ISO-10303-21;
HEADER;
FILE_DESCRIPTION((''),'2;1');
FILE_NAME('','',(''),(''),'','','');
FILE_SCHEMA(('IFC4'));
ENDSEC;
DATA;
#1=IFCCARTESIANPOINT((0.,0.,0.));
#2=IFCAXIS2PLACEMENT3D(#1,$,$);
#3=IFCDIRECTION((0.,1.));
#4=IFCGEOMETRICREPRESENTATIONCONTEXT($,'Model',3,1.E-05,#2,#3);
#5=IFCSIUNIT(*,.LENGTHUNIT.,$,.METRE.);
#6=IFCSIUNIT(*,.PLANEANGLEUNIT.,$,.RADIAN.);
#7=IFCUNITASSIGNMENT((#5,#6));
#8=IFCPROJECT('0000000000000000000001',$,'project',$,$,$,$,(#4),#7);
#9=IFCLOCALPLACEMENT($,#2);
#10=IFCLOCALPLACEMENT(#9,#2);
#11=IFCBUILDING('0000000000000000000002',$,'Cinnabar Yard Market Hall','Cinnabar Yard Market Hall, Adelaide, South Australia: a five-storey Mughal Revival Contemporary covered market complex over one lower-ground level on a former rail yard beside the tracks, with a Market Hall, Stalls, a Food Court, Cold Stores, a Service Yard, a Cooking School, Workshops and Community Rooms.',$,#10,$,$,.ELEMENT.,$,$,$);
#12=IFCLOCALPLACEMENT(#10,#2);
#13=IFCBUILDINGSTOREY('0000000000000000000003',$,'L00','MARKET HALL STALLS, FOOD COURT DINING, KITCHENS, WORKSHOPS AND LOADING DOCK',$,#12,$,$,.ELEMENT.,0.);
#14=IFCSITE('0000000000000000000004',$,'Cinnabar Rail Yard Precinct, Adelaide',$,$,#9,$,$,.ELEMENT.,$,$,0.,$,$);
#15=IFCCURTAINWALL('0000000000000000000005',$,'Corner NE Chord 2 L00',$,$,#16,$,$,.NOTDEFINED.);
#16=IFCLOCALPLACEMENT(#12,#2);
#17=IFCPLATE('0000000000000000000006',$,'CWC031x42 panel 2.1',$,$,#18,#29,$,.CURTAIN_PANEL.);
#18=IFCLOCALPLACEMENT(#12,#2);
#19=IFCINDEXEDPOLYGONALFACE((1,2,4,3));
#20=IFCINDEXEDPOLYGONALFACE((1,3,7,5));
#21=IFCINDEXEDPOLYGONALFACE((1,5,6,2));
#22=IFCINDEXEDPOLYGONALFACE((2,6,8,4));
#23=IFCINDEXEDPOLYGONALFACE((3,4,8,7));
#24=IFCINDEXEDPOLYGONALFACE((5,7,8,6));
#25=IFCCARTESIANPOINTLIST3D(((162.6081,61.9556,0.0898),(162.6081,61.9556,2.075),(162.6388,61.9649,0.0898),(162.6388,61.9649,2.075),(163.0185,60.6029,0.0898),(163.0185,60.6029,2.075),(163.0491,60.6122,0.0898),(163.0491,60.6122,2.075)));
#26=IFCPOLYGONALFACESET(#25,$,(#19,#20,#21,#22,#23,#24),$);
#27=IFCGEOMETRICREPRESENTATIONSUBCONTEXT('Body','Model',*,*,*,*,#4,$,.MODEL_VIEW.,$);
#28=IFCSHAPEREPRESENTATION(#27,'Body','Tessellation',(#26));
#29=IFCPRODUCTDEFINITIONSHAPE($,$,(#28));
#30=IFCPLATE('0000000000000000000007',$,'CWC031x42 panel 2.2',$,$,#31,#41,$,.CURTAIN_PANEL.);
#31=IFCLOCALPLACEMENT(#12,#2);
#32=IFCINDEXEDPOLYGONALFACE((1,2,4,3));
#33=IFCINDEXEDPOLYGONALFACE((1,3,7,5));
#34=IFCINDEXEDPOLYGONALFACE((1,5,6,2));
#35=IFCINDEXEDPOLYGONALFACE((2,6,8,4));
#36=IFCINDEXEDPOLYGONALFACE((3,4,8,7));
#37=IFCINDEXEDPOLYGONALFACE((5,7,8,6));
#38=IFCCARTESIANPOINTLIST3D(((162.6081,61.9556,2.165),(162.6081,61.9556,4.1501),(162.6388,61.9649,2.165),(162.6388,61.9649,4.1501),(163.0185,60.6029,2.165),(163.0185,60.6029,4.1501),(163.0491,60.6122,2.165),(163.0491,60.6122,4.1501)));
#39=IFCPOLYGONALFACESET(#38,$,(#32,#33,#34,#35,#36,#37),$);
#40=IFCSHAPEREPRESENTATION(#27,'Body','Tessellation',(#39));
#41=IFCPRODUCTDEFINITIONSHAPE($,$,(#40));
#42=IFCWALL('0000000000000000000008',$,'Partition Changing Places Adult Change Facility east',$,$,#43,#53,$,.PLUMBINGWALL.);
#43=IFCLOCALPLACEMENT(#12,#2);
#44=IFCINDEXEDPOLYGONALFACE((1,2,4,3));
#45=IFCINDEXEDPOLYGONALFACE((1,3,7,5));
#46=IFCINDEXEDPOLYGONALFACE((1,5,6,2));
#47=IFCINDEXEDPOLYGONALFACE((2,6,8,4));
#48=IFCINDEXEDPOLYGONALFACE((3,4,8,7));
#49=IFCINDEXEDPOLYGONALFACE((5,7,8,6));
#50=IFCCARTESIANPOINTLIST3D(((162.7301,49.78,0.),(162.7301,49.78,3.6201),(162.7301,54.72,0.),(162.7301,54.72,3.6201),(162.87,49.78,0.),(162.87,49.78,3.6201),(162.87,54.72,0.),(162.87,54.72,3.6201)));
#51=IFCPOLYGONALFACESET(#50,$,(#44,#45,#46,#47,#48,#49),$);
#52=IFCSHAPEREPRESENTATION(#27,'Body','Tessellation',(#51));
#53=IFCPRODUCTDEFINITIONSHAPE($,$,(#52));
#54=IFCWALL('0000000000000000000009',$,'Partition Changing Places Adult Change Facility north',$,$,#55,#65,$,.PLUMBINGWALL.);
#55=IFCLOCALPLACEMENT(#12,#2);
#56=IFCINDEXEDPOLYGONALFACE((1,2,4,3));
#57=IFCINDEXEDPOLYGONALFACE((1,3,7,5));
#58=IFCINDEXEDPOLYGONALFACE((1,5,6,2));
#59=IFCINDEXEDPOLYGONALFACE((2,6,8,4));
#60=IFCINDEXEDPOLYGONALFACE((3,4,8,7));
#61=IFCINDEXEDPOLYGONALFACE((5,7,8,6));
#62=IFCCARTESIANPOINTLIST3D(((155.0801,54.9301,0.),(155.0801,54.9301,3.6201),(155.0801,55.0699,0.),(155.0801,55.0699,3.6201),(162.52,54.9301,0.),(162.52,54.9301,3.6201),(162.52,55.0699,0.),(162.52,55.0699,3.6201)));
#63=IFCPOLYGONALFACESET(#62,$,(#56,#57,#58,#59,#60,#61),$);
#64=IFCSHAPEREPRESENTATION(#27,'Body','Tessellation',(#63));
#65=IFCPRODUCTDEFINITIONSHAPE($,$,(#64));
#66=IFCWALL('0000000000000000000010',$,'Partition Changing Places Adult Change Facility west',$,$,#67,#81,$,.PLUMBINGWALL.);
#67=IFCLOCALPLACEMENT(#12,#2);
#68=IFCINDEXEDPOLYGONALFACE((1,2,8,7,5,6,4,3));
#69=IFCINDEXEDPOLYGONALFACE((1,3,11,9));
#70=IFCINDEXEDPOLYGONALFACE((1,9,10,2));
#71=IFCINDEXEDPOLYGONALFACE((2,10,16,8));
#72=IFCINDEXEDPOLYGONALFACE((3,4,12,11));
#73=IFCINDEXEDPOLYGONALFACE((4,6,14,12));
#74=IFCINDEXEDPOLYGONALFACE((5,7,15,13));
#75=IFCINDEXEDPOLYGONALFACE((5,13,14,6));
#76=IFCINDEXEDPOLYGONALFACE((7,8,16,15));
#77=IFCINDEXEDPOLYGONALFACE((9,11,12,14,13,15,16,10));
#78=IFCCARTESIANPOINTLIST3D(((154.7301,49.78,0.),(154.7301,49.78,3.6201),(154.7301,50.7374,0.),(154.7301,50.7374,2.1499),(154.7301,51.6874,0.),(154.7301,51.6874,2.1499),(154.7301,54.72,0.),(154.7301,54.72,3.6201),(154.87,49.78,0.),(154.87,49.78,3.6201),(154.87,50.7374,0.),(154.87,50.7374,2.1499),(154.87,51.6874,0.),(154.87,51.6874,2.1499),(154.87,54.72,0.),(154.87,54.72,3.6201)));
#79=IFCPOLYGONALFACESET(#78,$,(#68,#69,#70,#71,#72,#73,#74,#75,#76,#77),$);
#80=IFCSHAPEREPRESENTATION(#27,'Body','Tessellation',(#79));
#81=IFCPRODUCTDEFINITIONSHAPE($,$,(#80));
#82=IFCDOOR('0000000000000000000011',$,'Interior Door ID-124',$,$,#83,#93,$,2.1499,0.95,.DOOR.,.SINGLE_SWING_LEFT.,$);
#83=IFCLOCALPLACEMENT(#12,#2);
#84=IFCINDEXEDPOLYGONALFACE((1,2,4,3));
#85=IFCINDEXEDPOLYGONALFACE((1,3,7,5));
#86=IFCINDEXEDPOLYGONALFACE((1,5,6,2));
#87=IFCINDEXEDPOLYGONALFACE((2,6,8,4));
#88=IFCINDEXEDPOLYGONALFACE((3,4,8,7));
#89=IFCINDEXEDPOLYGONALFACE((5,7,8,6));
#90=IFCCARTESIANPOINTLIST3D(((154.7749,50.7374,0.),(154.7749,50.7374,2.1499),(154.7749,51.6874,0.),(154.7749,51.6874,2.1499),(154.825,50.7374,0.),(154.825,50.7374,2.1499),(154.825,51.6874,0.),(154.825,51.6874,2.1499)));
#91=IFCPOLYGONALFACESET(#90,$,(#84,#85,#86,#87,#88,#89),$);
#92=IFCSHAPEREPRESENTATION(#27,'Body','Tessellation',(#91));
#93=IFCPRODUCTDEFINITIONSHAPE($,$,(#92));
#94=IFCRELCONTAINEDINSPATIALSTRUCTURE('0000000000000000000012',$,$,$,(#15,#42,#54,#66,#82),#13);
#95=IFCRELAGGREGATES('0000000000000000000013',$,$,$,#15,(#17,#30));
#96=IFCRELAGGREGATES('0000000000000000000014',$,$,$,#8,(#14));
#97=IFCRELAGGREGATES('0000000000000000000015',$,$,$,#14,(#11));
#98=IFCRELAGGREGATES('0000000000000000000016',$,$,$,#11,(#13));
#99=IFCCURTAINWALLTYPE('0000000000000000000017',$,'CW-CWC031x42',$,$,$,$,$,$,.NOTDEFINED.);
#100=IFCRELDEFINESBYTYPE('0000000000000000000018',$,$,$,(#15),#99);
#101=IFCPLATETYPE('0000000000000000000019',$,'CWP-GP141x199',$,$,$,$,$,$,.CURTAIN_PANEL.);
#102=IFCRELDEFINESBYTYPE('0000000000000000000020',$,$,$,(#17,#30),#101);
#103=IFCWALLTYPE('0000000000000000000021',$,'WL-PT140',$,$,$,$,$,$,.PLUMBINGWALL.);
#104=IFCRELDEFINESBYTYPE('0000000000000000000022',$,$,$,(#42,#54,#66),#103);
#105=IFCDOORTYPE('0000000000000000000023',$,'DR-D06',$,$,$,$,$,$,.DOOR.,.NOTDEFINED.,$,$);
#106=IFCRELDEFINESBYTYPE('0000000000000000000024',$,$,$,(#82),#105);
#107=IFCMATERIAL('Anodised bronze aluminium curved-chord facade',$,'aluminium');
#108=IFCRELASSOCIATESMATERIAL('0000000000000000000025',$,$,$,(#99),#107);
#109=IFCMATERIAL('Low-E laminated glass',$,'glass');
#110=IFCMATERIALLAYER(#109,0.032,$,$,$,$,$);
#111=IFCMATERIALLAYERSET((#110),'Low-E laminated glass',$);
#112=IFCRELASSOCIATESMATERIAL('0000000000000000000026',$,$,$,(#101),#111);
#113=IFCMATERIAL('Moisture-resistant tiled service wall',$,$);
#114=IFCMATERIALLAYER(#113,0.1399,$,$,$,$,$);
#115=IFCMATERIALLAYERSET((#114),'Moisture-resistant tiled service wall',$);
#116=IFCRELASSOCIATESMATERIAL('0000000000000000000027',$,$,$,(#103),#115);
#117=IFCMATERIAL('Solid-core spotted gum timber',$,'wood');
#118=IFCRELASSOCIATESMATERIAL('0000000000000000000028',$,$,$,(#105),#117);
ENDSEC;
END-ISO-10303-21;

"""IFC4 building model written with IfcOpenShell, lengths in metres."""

from ifc_helpers import new_model, si_unit, direction, frame, frame_2d, origin, origin_2d_with_axis, place, context, subcontext, project, spatial, rectangle, extrude, material, layer, layer_set, type_object, element, fill, aggregate, save


model = new_model("IFC4")

# Units and contexts
model_context = context("Model", 3, precision=1e-05, world=origin(), true_north=direction((0.0, 1.0)))
body_context = subcontext(model_context, "Body", "Model", "MODEL_VIEW")
ifc_project = project(units=[si_unit("LENGTHUNIT", "METRE"), si_unit("PLANEANGLEUNIT", "RADIAN")], contexts=[model_context])

# Site, building, storey
site_placement = place(None, origin())
site = spatial("IfcSite", under=ifc_project, at=site_placement, Name="Cinnabar Rail Yard Precinct, Adelaide", CompositionType="ELEMENT", RefElevation=0.0)
building_placement = place(site_placement, origin())
building = spatial("IfcBuilding", under=site, at=building_placement, Name="Cinnabar Yard Market Hall", Description="Cinnabar Yard Market Hall, Adelaide, South Australia: a five-storey Mughal Revival Contemporary covered market complex over one lower-ground level on a former rail yard beside the tracks, with a Market Hall, Stalls, a Food Court, Cold Stores, a Service Yard, a Cooking School, Workshops and Community Rooms.", CompositionType="ELEMENT")
storey_placement = place(building_placement, origin())
storey = spatial("IfcBuildingStorey", under=building, at=storey_placement, Name="L00", Description="MARKET HALL STALLS, FOOD COURT DINING, KITCHENS, WORKSHOPS AND LOADING DOCK", CompositionType="ELEMENT", Elevation=0.0)

# Curtain wall
ifc_material_1 = material(Name="Anodised bronze aluminium curved-chord facade", Category="aluminium")
curtain_wall_type = type_object("IfcCurtainWallType", Name="CW-CWC031x42", PredefinedType="NOTDEFINED", material=ifc_material_1)
curtain_wall_1_placement = place(storey_placement, origin())
curtain_wall_1 = element("IfcCurtainWall", 1, at=curtain_wall_1_placement, inside=storey, type_object=curtain_wall_type, Name="Corner NE Chord 2 L00", PredefinedType="NOTDEFINED")

# Plates
ifc_material_2 = material(Name="Low-E laminated glass", Category="glass")
ifc_layer_1 = layer(ifc_material_2, 0.032)
ifc_layer_set_1 = layer_set([ifc_layer_1], Name="Low-E laminated glass")
plate_type = type_object("IfcPlateType", Name="CWP-GP141x199", PredefinedType="CURTAIN_PANEL", material=ifc_layer_set_1)
plate_1_placement = place(storey_placement, frame((162.8286, 61.2839, 0.0898), z_axis=(0.0, 0.0, 1.0), x_axis=(-0.290279, 0.956942, 0.0)))
plate_1 = element("IfcPlate", 2, at=plate_1_placement, type_object=plate_type, Name="CWC031x42 panel 2.1", PredefinedType="CURTAIN_PANEL", context=body_context, shape_type="SweptSolid", body=[
    extrude(rectangle(XDim=1.4136, YDim=0.032, at=origin_2d_with_axis()), origin(), (0.0, 0.0, 1.0), 1.9851),
])
plate_2_placement = place(storey_placement, frame((162.8286, 61.2839, 2.165), z_axis=(0.0, 0.0, 1.0), x_axis=(-0.290279, 0.956942, 0.0)))
plate_2 = element("IfcPlate", 3, at=plate_2_placement, type_object=plate_type, Name="CWC031x42 panel 2.2", PredefinedType="CURTAIN_PANEL", context=body_context, shape_type="SweptSolid", body=[
    extrude(rectangle(XDim=1.4136, YDim=0.032, at=origin_2d_with_axis()), origin(), (0.0, 0.0, 1.0), 1.9851),
])
aggregate(curtain_wall_1, [plate_1, plate_2])

# Walls
ifc_material_3 = material(Name="Moisture-resistant tiled service wall")
ifc_layer_2 = layer(ifc_material_3, 0.1399)
ifc_layer_set_2 = layer_set([ifc_layer_2], Name="Moisture-resistant tiled service wall")
wall_type = type_object("IfcWallType", Name="WL-PT140", PredefinedType="PLUMBINGWALL", material=ifc_layer_set_2)
wall_1_placement = place(storey_placement, frame((162.8, 49.78, 0.0), z_axis=(0.0, 0.0, 1.0), x_axis=(0.0, 1.0, 0.0)))
element("IfcWall", 4, at=wall_1_placement, inside=storey, type_object=wall_type, Name="Partition Changing Places Adult Change Facility east", PredefinedType="PLUMBINGWALL", context=body_context, shape_type="SweptSolid", body=[
    extrude(rectangle(XDim=4.9399, YDim=0.1399, at=frame_2d((2.47, 0.0), x_axis=(1.0, 0.0))), origin(), (0.0, 0.0, 1.0), 3.6201),
])
wall_2_placement = place(storey_placement, frame((162.52, 55.0, 0.0), z_axis=(0.0, 0.0, 1.0), x_axis=(-1.0, 0.0, 0.0)))
element("IfcWall", 5, at=wall_2_placement, inside=storey, type_object=wall_type, Name="Partition Changing Places Adult Change Facility north", PredefinedType="PLUMBINGWALL", context=body_context, shape_type="SweptSolid", body=[
    extrude(rectangle(XDim=7.4399, YDim=0.1399, at=frame_2d((3.72, 0.0), x_axis=(1.0, 0.0))), origin(), (0.0, 0.0, 1.0), 3.6201),
])

# Wall, opening, door
wall_3_placement = place(storey_placement, frame((154.8, 54.72, 0.0), z_axis=(0.0, 0.0, 1.0), x_axis=(0.0, -1.0, 0.0)))
wall_3 = element("IfcWall", 6, at=wall_3_placement, inside=storey, type_object=wall_type, Name="Partition Changing Places Adult Change Facility west", PredefinedType="PLUMBINGWALL", context=body_context, shape_type="SweptSolid", body=[
    extrude(rectangle(XDim=4.9399, YDim=0.1399, at=frame_2d((2.47, 0.0), x_axis=(1.0, 0.0))), origin(), (0.0, 0.0, 1.0), 3.6201),
])
opening_placement = place(wall_3_placement, frame((3.0325, 0.0, 0.0)))
opening = element("IfcOpeningElement", 7, at=opening_placement, cuts=wall_3, PredefinedType="OPENING", context=body_context, shape_type="SweptSolid", body=[
    extrude(rectangle(XDim=0.95, YDim=2.1499, at=frame_2d((0.4751, 1.075), x_axis=(1.0, 0.0))), frame((0.0, 0.0798, 0.0), z_axis=(0.0, -1.0, 0.0), x_axis=(1.0, 0.0, 0.0)), (0.0, 0.0, 1.0), 0.1599),
])
ifc_material_4 = material(Name="Solid-core spotted gum timber", Category="wood")
door_type = type_object("IfcDoorType", Name="DR-D06", OperationType="NOTDEFINED", PredefinedType="DOOR", material=ifc_material_4)
door_placement = place(opening_placement, origin())
door = element("IfcDoor", 8, at=door_placement, inside=storey, type_object=door_type, Name="Interior Door ID-124", OperationType="SINGLE_SWING_LEFT", OverallHeight=2.1499, OverallWidth=0.95, PredefinedType="DOOR", context=body_context, shape_type="SweptSolid", body=[
    extrude(rectangle(XDim=0.95, YDim=2.1499, at=frame_2d((0.4751, 1.075), x_axis=(1.0, 0.0))), frame((0.0, 0.0249, 0.0), z_axis=(0.0, -1.0, 0.0), x_axis=(1.0, 0.0, 0.0)), (0.0, 0.0, 1.0), 0.05),
])
fill(opening, door)

save(model, "model.ifc")
